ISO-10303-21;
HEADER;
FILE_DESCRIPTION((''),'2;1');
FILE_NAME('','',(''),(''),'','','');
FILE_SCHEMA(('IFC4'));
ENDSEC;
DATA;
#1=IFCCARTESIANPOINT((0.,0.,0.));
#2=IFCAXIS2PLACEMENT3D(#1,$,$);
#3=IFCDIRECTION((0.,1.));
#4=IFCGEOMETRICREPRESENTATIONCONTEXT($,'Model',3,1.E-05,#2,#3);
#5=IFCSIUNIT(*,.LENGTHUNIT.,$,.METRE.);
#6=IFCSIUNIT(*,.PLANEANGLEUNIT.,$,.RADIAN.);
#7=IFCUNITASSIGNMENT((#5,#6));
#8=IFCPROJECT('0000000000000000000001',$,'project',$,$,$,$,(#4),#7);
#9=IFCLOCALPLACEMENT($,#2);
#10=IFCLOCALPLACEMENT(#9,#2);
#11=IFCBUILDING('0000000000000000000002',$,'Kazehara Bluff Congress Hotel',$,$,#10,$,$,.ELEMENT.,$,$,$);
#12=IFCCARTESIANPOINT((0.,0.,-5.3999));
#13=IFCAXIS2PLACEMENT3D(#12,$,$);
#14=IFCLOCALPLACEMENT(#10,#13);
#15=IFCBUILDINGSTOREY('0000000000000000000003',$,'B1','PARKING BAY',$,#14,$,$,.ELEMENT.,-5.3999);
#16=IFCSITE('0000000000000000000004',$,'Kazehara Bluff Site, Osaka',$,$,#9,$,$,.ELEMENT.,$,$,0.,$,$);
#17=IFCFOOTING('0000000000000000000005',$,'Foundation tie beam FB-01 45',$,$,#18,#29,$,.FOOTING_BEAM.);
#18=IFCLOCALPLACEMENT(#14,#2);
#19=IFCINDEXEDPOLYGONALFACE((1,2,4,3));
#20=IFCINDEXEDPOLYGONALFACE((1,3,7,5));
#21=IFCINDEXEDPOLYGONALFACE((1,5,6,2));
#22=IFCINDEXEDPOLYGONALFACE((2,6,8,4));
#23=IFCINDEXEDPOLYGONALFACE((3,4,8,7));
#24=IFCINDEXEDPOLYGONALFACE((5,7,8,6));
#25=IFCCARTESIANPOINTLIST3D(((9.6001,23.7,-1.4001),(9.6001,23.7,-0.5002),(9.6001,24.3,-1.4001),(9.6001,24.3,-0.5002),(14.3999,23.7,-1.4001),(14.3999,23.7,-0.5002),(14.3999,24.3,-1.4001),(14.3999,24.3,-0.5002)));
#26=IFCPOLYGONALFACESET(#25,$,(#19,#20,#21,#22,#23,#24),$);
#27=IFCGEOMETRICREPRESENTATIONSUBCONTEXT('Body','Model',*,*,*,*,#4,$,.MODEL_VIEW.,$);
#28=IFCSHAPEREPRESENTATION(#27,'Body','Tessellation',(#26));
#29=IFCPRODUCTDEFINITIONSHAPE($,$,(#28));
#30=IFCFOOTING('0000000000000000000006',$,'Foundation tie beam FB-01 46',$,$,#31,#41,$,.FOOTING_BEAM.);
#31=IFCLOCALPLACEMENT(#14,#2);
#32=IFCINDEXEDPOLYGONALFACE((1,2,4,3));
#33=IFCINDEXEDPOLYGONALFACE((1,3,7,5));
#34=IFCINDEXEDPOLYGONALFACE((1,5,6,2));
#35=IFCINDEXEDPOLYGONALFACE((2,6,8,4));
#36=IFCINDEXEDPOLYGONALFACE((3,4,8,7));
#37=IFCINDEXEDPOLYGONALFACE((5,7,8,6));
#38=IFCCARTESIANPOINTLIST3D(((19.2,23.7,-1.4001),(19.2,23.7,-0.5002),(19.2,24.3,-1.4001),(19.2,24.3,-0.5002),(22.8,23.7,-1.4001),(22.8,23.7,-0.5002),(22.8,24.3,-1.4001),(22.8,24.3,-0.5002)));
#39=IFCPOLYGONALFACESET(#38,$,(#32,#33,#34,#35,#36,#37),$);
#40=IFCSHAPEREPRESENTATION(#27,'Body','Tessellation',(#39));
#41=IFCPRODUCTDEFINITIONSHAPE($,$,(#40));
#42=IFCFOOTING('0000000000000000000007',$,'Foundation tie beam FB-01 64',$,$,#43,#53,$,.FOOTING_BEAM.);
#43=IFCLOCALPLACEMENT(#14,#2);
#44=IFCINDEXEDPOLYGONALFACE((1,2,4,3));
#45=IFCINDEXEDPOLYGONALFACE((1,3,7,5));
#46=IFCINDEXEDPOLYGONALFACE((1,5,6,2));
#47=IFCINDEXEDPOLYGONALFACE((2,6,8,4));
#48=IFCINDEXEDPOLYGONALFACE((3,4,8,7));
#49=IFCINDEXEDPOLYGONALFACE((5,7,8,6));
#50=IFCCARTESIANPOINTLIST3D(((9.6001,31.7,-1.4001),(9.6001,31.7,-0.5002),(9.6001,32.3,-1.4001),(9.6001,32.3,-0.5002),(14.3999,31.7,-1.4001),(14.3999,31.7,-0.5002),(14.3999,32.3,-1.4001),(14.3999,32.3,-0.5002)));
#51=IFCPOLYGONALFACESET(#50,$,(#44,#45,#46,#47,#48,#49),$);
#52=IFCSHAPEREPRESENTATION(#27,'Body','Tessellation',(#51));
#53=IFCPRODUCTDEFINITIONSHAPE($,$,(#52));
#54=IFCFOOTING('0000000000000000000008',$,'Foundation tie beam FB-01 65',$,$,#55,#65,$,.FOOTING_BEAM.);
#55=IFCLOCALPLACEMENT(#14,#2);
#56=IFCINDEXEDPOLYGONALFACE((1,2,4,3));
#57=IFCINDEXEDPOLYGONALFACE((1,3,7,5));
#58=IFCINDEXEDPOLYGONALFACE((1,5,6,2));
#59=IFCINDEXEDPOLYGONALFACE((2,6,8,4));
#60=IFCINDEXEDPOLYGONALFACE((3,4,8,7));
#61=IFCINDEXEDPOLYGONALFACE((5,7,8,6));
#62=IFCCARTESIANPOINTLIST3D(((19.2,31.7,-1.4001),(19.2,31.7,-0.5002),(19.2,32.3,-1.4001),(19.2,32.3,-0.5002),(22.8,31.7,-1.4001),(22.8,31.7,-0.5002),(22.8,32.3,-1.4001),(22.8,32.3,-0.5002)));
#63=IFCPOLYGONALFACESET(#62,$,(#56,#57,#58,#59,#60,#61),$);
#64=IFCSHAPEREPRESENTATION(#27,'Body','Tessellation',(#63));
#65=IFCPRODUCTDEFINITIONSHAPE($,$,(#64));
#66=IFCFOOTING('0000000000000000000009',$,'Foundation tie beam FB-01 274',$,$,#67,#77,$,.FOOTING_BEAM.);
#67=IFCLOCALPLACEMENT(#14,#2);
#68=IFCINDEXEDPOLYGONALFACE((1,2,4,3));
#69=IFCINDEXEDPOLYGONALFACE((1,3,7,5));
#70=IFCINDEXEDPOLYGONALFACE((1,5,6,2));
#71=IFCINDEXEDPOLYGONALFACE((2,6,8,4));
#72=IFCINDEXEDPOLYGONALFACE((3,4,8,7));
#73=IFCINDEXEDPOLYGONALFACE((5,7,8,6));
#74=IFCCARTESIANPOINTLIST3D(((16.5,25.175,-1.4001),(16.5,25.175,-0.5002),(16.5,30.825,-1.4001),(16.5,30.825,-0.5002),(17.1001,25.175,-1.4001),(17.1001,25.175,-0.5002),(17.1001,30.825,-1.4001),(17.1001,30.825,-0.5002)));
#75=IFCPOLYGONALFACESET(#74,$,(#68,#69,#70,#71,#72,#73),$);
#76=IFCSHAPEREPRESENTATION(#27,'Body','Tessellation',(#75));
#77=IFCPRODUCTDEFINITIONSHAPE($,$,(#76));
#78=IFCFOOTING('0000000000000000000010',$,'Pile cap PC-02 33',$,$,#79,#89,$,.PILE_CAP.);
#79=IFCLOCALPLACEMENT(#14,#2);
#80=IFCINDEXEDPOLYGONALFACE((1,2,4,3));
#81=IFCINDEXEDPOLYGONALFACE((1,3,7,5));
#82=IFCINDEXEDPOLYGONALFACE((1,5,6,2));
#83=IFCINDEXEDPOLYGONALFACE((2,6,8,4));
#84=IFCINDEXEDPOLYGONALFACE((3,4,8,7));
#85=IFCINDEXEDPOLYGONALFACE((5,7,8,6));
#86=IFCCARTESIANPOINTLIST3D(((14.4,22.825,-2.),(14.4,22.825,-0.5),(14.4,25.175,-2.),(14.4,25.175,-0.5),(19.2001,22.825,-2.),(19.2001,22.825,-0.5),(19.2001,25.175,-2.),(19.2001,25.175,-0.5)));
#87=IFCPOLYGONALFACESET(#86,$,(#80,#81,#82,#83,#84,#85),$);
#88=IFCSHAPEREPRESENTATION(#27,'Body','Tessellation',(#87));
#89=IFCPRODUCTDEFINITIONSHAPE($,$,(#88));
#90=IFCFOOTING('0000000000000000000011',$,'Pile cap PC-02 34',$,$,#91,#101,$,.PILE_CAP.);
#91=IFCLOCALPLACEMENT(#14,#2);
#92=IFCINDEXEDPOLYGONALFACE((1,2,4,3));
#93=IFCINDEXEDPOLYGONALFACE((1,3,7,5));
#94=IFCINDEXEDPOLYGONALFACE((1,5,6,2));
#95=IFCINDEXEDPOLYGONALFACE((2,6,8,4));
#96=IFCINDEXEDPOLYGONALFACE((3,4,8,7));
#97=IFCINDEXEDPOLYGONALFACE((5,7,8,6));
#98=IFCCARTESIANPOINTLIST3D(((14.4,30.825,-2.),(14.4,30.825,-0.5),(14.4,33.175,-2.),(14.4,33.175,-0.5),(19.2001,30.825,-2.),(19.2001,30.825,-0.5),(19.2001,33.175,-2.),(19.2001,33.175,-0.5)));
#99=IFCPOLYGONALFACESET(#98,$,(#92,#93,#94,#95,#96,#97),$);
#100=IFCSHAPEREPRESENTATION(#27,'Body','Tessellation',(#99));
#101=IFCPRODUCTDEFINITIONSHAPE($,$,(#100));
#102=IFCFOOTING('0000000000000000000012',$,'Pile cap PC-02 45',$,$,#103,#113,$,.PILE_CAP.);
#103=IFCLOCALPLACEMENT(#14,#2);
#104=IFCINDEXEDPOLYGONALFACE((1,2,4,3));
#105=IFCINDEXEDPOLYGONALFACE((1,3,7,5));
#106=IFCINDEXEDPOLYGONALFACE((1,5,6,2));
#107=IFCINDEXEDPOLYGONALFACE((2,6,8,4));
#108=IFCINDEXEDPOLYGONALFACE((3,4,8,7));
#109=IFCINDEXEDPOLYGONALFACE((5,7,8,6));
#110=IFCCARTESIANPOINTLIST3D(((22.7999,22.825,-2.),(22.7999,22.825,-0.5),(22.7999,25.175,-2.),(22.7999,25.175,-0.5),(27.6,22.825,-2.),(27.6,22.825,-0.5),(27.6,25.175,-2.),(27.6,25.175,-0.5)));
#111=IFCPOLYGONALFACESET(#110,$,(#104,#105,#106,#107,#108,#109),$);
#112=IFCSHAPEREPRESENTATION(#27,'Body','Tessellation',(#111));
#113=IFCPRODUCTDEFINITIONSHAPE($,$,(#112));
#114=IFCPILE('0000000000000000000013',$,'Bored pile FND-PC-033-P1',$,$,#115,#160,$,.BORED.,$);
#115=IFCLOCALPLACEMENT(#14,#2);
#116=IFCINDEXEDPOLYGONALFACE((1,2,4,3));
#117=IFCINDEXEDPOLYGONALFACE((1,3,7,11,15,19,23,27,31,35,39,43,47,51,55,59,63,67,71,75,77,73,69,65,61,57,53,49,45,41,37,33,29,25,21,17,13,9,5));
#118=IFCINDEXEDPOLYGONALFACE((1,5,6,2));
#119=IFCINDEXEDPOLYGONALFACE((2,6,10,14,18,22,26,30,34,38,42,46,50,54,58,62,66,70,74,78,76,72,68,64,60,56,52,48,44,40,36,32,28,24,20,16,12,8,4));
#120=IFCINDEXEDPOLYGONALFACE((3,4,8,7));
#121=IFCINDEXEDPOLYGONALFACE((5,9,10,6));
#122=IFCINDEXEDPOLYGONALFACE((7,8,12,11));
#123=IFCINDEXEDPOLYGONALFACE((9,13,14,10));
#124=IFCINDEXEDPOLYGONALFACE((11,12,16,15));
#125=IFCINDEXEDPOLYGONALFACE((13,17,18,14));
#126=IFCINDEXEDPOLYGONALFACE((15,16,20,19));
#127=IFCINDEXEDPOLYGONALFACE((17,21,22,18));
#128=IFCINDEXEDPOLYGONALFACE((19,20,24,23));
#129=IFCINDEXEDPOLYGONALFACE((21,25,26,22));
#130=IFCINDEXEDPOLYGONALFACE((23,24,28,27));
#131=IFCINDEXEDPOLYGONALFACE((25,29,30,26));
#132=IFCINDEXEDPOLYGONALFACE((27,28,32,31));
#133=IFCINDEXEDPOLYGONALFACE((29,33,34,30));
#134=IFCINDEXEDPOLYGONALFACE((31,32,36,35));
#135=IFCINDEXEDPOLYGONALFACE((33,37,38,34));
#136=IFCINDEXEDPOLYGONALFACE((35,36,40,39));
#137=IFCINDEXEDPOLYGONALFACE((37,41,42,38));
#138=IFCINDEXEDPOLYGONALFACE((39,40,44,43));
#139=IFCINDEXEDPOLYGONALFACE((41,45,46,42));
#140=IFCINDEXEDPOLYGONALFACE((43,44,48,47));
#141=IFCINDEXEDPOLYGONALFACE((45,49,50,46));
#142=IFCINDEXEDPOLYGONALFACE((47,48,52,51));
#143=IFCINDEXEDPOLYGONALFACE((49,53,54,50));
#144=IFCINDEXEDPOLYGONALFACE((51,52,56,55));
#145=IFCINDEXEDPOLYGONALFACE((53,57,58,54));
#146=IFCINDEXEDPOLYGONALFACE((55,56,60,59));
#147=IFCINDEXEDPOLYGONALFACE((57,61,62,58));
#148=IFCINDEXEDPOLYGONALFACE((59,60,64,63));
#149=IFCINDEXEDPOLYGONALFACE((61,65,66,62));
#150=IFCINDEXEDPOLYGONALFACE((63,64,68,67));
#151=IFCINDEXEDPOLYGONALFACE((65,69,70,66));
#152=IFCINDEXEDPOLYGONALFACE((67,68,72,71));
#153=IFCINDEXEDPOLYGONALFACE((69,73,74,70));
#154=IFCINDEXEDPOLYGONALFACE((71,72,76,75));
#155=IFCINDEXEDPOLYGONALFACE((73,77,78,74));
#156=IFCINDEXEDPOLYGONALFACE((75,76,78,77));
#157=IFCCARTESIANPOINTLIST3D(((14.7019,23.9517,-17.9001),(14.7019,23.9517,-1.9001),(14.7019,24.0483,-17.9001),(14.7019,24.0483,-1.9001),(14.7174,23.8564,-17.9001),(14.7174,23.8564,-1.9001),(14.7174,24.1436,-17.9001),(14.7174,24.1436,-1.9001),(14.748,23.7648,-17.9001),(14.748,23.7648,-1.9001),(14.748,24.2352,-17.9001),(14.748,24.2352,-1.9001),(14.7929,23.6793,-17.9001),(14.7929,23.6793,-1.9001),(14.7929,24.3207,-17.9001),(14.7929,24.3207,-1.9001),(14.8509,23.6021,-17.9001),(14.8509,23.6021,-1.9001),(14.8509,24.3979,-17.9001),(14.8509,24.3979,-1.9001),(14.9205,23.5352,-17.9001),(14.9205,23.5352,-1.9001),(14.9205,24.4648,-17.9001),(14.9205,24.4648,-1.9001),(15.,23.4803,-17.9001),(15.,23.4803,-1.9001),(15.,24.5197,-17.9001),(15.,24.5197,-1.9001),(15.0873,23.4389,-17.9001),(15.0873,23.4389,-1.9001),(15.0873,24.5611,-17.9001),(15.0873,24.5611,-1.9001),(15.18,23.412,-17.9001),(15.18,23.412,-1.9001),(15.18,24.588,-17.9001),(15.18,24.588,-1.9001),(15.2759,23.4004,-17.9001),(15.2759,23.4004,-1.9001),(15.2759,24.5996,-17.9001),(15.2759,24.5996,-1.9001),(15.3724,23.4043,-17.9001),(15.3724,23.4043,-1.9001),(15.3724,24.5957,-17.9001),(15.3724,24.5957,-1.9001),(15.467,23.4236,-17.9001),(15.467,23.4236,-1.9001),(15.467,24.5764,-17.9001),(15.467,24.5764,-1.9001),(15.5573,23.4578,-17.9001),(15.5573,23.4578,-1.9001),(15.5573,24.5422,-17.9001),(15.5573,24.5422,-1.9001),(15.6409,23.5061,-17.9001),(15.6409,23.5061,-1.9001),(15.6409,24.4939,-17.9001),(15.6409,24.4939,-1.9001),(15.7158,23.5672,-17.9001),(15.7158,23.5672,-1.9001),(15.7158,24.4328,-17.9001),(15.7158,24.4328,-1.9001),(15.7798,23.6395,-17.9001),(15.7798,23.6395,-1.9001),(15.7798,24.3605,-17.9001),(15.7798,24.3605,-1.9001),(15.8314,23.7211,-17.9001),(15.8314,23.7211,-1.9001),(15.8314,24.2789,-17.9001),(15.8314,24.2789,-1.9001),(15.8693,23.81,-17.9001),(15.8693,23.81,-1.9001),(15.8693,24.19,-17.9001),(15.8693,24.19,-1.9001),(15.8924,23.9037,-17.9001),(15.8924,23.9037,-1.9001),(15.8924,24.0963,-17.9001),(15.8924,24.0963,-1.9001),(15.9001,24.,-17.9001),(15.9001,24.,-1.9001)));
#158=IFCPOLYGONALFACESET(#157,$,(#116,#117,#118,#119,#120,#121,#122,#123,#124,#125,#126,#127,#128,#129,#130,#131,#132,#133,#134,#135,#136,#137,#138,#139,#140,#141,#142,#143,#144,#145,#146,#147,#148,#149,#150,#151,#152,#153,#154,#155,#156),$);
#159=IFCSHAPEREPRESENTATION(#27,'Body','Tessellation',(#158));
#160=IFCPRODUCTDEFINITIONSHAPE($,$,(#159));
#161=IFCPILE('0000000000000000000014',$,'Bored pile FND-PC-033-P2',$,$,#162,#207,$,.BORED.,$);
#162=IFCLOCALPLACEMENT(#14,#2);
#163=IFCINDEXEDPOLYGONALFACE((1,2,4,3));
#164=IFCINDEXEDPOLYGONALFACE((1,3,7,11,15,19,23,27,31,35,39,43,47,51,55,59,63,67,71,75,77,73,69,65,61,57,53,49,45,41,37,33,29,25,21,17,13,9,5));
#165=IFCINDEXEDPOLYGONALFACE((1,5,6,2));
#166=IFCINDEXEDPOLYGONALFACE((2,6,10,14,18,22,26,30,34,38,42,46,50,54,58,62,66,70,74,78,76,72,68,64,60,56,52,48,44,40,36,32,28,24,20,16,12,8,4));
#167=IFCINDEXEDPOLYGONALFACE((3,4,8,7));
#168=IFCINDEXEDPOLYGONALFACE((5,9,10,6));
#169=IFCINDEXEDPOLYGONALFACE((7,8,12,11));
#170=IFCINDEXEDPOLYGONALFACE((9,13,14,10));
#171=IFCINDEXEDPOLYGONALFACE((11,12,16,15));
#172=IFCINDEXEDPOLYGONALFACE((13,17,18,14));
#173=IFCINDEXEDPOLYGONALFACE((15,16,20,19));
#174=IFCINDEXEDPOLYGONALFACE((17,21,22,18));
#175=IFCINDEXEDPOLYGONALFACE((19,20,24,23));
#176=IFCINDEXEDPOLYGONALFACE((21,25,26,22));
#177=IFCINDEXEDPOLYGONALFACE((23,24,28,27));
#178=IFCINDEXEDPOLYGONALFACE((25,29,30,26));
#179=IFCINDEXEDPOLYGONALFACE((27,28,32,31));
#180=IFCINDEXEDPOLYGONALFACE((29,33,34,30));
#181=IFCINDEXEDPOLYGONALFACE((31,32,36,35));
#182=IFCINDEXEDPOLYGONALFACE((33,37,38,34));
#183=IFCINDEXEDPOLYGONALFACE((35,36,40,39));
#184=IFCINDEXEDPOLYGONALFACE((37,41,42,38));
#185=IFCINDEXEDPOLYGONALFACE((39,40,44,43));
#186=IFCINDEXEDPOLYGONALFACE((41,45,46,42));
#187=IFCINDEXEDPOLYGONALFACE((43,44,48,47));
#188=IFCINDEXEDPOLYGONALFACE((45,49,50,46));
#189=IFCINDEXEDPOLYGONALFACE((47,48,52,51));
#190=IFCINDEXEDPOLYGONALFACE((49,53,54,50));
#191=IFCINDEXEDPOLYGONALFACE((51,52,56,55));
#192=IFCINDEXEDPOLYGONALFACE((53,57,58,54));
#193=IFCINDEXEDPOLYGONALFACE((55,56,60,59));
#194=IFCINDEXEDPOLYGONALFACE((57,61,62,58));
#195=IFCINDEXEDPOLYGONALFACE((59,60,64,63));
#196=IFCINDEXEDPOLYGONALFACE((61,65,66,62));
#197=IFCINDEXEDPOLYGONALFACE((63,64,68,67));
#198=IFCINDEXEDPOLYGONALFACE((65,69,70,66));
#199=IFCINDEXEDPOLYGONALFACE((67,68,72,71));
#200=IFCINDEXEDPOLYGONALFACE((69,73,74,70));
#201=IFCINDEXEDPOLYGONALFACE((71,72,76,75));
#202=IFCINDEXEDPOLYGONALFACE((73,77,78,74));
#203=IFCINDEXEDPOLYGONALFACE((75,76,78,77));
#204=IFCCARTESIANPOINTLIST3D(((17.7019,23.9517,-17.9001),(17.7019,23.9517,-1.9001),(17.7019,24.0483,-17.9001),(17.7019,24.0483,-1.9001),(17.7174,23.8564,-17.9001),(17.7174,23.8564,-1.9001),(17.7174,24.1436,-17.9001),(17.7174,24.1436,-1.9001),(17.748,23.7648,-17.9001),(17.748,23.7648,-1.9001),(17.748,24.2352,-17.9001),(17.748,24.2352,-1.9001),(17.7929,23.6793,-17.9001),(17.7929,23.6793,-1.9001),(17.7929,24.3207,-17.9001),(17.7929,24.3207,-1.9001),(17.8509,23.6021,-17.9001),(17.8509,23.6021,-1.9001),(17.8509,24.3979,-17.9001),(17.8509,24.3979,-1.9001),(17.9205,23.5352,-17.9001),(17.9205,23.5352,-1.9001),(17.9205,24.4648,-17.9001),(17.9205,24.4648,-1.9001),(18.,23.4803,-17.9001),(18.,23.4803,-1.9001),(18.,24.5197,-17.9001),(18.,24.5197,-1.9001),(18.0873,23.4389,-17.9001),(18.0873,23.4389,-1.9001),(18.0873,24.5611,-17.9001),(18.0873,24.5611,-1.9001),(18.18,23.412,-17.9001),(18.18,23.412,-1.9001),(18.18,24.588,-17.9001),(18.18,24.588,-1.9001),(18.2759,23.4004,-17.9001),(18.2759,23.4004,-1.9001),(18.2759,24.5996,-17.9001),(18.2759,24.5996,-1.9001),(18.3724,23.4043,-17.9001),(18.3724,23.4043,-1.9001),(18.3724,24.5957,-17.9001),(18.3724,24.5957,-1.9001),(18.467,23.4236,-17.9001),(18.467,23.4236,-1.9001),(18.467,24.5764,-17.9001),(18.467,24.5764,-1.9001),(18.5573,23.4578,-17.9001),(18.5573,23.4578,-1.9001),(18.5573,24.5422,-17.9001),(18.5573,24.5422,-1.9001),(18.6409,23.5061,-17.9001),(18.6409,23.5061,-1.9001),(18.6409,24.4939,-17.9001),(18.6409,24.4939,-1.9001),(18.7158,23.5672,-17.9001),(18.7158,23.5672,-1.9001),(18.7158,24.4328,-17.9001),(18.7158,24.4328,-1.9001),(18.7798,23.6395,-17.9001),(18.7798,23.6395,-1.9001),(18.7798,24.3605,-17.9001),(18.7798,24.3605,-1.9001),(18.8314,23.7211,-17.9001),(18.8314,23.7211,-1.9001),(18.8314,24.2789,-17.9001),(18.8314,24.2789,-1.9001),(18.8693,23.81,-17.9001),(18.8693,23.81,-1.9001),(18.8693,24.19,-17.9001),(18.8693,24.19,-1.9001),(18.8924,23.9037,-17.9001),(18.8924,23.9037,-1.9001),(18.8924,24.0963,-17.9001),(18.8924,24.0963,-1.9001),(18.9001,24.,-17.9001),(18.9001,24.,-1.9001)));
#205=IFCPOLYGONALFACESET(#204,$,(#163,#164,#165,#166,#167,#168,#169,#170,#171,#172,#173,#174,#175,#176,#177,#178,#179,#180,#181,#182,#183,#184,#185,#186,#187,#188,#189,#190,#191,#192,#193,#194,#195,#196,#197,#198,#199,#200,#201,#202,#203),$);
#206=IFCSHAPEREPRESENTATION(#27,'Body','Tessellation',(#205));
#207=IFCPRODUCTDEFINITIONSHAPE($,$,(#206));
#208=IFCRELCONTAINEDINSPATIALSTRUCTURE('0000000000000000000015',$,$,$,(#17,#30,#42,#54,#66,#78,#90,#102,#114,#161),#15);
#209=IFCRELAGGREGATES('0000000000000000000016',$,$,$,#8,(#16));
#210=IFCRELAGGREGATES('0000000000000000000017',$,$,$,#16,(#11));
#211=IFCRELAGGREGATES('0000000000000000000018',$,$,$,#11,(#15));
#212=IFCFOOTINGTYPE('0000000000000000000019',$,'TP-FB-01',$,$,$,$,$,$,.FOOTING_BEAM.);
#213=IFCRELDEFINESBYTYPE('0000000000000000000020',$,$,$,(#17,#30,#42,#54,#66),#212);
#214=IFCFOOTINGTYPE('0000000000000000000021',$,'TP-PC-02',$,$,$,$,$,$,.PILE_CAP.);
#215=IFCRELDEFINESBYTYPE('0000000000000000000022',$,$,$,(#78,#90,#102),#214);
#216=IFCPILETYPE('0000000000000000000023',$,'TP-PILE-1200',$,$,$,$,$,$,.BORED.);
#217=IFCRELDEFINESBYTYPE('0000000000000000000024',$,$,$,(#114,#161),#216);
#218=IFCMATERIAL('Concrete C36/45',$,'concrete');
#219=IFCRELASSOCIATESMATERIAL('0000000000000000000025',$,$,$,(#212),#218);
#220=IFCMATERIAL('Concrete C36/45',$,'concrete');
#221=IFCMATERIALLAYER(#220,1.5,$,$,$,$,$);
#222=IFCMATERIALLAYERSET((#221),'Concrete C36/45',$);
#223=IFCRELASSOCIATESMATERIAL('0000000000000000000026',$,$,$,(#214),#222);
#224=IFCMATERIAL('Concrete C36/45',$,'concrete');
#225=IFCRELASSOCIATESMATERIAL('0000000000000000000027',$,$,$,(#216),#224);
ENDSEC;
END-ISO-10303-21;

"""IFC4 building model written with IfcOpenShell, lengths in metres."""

from ifc_helpers import new_model, si_unit, direction, frame, origin, origin_2d, place, context, subcontext, project, spatial, rectangle, circle, extrude, material, layer, layer_set, material_profile, profile_set, type_object, element, save


model = new_model("IFC4")

# Units and contexts
model_context = context("Model", 3, precision=1e-05, world=origin(), true_north=direction((0.0, 1.0)))
body_context = subcontext(model_context, "Body", "Model", "MODEL_VIEW")
ifc_project = project(units=[si_unit("LENGTHUNIT", "METRE"), si_unit("PLANEANGLEUNIT", "RADIAN")], contexts=[model_context])

# Site, building, storey
site_placement = place(None, origin())
site = spatial("IfcSite", under=ifc_project, at=site_placement, Name="Kazehara Bluff Site, Osaka", CompositionType="ELEMENT", RefElevation=0.0)
building_placement = place(site_placement, origin())
building = spatial("IfcBuilding", under=site, at=building_placement, Name="Kazehara Bluff Congress Hotel", CompositionType="ELEMENT")
storey_placement = place(building_placement, frame((0.0, 0.0, -5.3999)))
storey = spatial("IfcBuildingStorey", under=building, at=storey_placement, Name="B1", Description="PARKING BAY", CompositionType="ELEMENT", Elevation=-5.3999)

# Footings
ifc_material_1 = material(Name="Concrete C36/45", Category="concrete")
ifc_material_profile_1 = material_profile(ifc_material_1, rectangle(XDim=0.6001, YDim=0.8999, at=origin_2d()))
ifc_profile_set_1 = profile_set([ifc_material_profile_1], Name="Concrete C36/45")
footing_type_1 = type_object("IfcFootingType", Name="TP-FB-01", PredefinedType="FOOTING_BEAM", material=ifc_profile_set_1)
footing_1_placement = place(storey_placement, frame((9.6001, 24.0, -0.9502), z_axis=(1.0, 0.0, 0.0), x_axis=(0.0, 1.0, 0.0)))
element("IfcFooting", 1, at=footing_1_placement, inside=storey, type_object=footing_type_1, Name="Foundation tie beam FB-01 45", PredefinedType="FOOTING_BEAM", context=body_context, shape_type="SweptSolid", body=[
    extrude(rectangle(XDim=0.6001, YDim=0.8999, at=origin_2d()), origin(), (0.0, 0.0, 1.0), 4.7998),
])
footing_2_placement = place(storey_placement, frame((19.2, 24.0, -0.9502), z_axis=(1.0, 0.0, 0.0), x_axis=(0.0, 1.0, 0.0)))
element("IfcFooting", 2, at=footing_2_placement, inside=storey, type_object=footing_type_1, Name="Foundation tie beam FB-01 46", PredefinedType="FOOTING_BEAM", context=body_context, shape_type="SweptSolid", body=[
    extrude(rectangle(XDim=0.6001, YDim=0.8999, at=origin_2d()), origin(), (0.0, 0.0, 1.0), 3.6001),
])
footing_3_placement = place(storey_placement, frame((9.6001, 32.0, -0.9502), z_axis=(1.0, 0.0, 0.0), x_axis=(0.0, 1.0, 0.0)))
element("IfcFooting", 3, at=footing_3_placement, inside=storey, type_object=footing_type_1, Name="Foundation tie beam FB-01 64", PredefinedType="FOOTING_BEAM", context=body_context, shape_type="SweptSolid", body=[
    extrude(rectangle(XDim=0.6001, YDim=0.8999, at=origin_2d()), origin(), (0.0, 0.0, 1.0), 4.7998),
])
footing_4_placement = place(storey_placement, frame((19.2, 32.0, -0.9502), z_axis=(1.0, 0.0, 0.0), x_axis=(0.0, 1.0, 0.0)))
element("IfcFooting", 4, at=footing_4_placement, inside=storey, type_object=footing_type_1, Name="Foundation tie beam FB-01 65", PredefinedType="FOOTING_BEAM", context=body_context, shape_type="SweptSolid", body=[
    extrude(rectangle(XDim=0.6001, YDim=0.8999, at=origin_2d()), origin(), (0.0, 0.0, 1.0), 3.6001),
])
footing_5_placement = place(storey_placement, frame((16.8, 25.175, -0.9502), z_axis=(0.0, 1.0, 0.0), x_axis=(-1.0, 0.0, 0.0)))
element("IfcFooting", 5, at=footing_5_placement, inside=storey, type_object=footing_type_1, Name="Foundation tie beam FB-01 274", PredefinedType="FOOTING_BEAM", context=body_context, shape_type="SweptSolid", body=[
    extrude(rectangle(XDim=0.6001, YDim=0.8999, at=origin_2d()), origin(), (0.0, 0.0, 1.0), 5.6499),
])
ifc_material_2 = material(Name="Concrete C36/45", Category="concrete")
ifc_layer_1 = layer(ifc_material_2, 1.5)
ifc_layer_set_1 = layer_set([ifc_layer_1], Name="Concrete C36/45")
footing_type_2 = type_object("IfcFootingType", Name="TP-PC-02", PredefinedType="PILE_CAP", material=ifc_layer_set_1)
for number, where, z_axis, x_axis, name in (
    (6, (16.8, 24.0, -2.0), (0.0, 0.0, 1.0), (1.0, 0.0, 0.0), "Pile cap PC-02 33"),
    (7, (16.8, 32.0, -2.0), (0.0, 0.0, 1.0), (1.0, 0.0, 0.0), "Pile cap PC-02 34"),
    (8, (25.2, 24.0, -2.0), (0.0, 0.0, 1.0), (1.0, 0.0, 0.0), "Pile cap PC-02 45"),
):
    element("IfcFooting", number, at=place(storey_placement, frame(where, z_axis=z_axis, x_axis=x_axis)), inside=storey, type_object=footing_type_2, Name=name, PredefinedType="PILE_CAP", context=body_context, shape_type="SweptSolid", body=[
        extrude(rectangle(XDim=4.8, YDim=2.3501, at=origin_2d()), origin(), (0.0, 0.0, 1.0), 1.5),
    ])

# Piles
ifc_material_3 = material(Name="Concrete C36/45", Category="concrete")
ifc_material_profile_2 = material_profile(ifc_material_3, circle(Radius=0.6001, at=origin_2d()))
ifc_profile_set_2 = profile_set([ifc_material_profile_2], Name="Concrete C36/45")
pile_type = type_object("IfcPileType", Name="TP-PILE-1200", PredefinedType="BORED", material=ifc_profile_set_2)
for number, where, z_axis, x_axis, name in (
    (9, (15.3, 24.0, -1.9001), (0.0, 0.0, -1.0), (1.0, 0.0, 0.0), "Bored pile FND-PC-033-P1"),
    (10, (18.3, 24.0, -1.9001), (0.0, 0.0, -1.0), (1.0, 0.0, 0.0), "Bored pile FND-PC-033-P2"),
):
    element("IfcPile", number, at=place(storey_placement, frame(where, z_axis=z_axis, x_axis=x_axis)), inside=storey, type_object=pile_type, Name=name, PredefinedType="BORED", context=body_context, shape_type="SweptSolid", body=[
        extrude(circle(Radius=0.6001, at=origin_2d()), origin(), (0.0, 0.0, 1.0), 16.0),
    ])

save(model, "model.ifc")
